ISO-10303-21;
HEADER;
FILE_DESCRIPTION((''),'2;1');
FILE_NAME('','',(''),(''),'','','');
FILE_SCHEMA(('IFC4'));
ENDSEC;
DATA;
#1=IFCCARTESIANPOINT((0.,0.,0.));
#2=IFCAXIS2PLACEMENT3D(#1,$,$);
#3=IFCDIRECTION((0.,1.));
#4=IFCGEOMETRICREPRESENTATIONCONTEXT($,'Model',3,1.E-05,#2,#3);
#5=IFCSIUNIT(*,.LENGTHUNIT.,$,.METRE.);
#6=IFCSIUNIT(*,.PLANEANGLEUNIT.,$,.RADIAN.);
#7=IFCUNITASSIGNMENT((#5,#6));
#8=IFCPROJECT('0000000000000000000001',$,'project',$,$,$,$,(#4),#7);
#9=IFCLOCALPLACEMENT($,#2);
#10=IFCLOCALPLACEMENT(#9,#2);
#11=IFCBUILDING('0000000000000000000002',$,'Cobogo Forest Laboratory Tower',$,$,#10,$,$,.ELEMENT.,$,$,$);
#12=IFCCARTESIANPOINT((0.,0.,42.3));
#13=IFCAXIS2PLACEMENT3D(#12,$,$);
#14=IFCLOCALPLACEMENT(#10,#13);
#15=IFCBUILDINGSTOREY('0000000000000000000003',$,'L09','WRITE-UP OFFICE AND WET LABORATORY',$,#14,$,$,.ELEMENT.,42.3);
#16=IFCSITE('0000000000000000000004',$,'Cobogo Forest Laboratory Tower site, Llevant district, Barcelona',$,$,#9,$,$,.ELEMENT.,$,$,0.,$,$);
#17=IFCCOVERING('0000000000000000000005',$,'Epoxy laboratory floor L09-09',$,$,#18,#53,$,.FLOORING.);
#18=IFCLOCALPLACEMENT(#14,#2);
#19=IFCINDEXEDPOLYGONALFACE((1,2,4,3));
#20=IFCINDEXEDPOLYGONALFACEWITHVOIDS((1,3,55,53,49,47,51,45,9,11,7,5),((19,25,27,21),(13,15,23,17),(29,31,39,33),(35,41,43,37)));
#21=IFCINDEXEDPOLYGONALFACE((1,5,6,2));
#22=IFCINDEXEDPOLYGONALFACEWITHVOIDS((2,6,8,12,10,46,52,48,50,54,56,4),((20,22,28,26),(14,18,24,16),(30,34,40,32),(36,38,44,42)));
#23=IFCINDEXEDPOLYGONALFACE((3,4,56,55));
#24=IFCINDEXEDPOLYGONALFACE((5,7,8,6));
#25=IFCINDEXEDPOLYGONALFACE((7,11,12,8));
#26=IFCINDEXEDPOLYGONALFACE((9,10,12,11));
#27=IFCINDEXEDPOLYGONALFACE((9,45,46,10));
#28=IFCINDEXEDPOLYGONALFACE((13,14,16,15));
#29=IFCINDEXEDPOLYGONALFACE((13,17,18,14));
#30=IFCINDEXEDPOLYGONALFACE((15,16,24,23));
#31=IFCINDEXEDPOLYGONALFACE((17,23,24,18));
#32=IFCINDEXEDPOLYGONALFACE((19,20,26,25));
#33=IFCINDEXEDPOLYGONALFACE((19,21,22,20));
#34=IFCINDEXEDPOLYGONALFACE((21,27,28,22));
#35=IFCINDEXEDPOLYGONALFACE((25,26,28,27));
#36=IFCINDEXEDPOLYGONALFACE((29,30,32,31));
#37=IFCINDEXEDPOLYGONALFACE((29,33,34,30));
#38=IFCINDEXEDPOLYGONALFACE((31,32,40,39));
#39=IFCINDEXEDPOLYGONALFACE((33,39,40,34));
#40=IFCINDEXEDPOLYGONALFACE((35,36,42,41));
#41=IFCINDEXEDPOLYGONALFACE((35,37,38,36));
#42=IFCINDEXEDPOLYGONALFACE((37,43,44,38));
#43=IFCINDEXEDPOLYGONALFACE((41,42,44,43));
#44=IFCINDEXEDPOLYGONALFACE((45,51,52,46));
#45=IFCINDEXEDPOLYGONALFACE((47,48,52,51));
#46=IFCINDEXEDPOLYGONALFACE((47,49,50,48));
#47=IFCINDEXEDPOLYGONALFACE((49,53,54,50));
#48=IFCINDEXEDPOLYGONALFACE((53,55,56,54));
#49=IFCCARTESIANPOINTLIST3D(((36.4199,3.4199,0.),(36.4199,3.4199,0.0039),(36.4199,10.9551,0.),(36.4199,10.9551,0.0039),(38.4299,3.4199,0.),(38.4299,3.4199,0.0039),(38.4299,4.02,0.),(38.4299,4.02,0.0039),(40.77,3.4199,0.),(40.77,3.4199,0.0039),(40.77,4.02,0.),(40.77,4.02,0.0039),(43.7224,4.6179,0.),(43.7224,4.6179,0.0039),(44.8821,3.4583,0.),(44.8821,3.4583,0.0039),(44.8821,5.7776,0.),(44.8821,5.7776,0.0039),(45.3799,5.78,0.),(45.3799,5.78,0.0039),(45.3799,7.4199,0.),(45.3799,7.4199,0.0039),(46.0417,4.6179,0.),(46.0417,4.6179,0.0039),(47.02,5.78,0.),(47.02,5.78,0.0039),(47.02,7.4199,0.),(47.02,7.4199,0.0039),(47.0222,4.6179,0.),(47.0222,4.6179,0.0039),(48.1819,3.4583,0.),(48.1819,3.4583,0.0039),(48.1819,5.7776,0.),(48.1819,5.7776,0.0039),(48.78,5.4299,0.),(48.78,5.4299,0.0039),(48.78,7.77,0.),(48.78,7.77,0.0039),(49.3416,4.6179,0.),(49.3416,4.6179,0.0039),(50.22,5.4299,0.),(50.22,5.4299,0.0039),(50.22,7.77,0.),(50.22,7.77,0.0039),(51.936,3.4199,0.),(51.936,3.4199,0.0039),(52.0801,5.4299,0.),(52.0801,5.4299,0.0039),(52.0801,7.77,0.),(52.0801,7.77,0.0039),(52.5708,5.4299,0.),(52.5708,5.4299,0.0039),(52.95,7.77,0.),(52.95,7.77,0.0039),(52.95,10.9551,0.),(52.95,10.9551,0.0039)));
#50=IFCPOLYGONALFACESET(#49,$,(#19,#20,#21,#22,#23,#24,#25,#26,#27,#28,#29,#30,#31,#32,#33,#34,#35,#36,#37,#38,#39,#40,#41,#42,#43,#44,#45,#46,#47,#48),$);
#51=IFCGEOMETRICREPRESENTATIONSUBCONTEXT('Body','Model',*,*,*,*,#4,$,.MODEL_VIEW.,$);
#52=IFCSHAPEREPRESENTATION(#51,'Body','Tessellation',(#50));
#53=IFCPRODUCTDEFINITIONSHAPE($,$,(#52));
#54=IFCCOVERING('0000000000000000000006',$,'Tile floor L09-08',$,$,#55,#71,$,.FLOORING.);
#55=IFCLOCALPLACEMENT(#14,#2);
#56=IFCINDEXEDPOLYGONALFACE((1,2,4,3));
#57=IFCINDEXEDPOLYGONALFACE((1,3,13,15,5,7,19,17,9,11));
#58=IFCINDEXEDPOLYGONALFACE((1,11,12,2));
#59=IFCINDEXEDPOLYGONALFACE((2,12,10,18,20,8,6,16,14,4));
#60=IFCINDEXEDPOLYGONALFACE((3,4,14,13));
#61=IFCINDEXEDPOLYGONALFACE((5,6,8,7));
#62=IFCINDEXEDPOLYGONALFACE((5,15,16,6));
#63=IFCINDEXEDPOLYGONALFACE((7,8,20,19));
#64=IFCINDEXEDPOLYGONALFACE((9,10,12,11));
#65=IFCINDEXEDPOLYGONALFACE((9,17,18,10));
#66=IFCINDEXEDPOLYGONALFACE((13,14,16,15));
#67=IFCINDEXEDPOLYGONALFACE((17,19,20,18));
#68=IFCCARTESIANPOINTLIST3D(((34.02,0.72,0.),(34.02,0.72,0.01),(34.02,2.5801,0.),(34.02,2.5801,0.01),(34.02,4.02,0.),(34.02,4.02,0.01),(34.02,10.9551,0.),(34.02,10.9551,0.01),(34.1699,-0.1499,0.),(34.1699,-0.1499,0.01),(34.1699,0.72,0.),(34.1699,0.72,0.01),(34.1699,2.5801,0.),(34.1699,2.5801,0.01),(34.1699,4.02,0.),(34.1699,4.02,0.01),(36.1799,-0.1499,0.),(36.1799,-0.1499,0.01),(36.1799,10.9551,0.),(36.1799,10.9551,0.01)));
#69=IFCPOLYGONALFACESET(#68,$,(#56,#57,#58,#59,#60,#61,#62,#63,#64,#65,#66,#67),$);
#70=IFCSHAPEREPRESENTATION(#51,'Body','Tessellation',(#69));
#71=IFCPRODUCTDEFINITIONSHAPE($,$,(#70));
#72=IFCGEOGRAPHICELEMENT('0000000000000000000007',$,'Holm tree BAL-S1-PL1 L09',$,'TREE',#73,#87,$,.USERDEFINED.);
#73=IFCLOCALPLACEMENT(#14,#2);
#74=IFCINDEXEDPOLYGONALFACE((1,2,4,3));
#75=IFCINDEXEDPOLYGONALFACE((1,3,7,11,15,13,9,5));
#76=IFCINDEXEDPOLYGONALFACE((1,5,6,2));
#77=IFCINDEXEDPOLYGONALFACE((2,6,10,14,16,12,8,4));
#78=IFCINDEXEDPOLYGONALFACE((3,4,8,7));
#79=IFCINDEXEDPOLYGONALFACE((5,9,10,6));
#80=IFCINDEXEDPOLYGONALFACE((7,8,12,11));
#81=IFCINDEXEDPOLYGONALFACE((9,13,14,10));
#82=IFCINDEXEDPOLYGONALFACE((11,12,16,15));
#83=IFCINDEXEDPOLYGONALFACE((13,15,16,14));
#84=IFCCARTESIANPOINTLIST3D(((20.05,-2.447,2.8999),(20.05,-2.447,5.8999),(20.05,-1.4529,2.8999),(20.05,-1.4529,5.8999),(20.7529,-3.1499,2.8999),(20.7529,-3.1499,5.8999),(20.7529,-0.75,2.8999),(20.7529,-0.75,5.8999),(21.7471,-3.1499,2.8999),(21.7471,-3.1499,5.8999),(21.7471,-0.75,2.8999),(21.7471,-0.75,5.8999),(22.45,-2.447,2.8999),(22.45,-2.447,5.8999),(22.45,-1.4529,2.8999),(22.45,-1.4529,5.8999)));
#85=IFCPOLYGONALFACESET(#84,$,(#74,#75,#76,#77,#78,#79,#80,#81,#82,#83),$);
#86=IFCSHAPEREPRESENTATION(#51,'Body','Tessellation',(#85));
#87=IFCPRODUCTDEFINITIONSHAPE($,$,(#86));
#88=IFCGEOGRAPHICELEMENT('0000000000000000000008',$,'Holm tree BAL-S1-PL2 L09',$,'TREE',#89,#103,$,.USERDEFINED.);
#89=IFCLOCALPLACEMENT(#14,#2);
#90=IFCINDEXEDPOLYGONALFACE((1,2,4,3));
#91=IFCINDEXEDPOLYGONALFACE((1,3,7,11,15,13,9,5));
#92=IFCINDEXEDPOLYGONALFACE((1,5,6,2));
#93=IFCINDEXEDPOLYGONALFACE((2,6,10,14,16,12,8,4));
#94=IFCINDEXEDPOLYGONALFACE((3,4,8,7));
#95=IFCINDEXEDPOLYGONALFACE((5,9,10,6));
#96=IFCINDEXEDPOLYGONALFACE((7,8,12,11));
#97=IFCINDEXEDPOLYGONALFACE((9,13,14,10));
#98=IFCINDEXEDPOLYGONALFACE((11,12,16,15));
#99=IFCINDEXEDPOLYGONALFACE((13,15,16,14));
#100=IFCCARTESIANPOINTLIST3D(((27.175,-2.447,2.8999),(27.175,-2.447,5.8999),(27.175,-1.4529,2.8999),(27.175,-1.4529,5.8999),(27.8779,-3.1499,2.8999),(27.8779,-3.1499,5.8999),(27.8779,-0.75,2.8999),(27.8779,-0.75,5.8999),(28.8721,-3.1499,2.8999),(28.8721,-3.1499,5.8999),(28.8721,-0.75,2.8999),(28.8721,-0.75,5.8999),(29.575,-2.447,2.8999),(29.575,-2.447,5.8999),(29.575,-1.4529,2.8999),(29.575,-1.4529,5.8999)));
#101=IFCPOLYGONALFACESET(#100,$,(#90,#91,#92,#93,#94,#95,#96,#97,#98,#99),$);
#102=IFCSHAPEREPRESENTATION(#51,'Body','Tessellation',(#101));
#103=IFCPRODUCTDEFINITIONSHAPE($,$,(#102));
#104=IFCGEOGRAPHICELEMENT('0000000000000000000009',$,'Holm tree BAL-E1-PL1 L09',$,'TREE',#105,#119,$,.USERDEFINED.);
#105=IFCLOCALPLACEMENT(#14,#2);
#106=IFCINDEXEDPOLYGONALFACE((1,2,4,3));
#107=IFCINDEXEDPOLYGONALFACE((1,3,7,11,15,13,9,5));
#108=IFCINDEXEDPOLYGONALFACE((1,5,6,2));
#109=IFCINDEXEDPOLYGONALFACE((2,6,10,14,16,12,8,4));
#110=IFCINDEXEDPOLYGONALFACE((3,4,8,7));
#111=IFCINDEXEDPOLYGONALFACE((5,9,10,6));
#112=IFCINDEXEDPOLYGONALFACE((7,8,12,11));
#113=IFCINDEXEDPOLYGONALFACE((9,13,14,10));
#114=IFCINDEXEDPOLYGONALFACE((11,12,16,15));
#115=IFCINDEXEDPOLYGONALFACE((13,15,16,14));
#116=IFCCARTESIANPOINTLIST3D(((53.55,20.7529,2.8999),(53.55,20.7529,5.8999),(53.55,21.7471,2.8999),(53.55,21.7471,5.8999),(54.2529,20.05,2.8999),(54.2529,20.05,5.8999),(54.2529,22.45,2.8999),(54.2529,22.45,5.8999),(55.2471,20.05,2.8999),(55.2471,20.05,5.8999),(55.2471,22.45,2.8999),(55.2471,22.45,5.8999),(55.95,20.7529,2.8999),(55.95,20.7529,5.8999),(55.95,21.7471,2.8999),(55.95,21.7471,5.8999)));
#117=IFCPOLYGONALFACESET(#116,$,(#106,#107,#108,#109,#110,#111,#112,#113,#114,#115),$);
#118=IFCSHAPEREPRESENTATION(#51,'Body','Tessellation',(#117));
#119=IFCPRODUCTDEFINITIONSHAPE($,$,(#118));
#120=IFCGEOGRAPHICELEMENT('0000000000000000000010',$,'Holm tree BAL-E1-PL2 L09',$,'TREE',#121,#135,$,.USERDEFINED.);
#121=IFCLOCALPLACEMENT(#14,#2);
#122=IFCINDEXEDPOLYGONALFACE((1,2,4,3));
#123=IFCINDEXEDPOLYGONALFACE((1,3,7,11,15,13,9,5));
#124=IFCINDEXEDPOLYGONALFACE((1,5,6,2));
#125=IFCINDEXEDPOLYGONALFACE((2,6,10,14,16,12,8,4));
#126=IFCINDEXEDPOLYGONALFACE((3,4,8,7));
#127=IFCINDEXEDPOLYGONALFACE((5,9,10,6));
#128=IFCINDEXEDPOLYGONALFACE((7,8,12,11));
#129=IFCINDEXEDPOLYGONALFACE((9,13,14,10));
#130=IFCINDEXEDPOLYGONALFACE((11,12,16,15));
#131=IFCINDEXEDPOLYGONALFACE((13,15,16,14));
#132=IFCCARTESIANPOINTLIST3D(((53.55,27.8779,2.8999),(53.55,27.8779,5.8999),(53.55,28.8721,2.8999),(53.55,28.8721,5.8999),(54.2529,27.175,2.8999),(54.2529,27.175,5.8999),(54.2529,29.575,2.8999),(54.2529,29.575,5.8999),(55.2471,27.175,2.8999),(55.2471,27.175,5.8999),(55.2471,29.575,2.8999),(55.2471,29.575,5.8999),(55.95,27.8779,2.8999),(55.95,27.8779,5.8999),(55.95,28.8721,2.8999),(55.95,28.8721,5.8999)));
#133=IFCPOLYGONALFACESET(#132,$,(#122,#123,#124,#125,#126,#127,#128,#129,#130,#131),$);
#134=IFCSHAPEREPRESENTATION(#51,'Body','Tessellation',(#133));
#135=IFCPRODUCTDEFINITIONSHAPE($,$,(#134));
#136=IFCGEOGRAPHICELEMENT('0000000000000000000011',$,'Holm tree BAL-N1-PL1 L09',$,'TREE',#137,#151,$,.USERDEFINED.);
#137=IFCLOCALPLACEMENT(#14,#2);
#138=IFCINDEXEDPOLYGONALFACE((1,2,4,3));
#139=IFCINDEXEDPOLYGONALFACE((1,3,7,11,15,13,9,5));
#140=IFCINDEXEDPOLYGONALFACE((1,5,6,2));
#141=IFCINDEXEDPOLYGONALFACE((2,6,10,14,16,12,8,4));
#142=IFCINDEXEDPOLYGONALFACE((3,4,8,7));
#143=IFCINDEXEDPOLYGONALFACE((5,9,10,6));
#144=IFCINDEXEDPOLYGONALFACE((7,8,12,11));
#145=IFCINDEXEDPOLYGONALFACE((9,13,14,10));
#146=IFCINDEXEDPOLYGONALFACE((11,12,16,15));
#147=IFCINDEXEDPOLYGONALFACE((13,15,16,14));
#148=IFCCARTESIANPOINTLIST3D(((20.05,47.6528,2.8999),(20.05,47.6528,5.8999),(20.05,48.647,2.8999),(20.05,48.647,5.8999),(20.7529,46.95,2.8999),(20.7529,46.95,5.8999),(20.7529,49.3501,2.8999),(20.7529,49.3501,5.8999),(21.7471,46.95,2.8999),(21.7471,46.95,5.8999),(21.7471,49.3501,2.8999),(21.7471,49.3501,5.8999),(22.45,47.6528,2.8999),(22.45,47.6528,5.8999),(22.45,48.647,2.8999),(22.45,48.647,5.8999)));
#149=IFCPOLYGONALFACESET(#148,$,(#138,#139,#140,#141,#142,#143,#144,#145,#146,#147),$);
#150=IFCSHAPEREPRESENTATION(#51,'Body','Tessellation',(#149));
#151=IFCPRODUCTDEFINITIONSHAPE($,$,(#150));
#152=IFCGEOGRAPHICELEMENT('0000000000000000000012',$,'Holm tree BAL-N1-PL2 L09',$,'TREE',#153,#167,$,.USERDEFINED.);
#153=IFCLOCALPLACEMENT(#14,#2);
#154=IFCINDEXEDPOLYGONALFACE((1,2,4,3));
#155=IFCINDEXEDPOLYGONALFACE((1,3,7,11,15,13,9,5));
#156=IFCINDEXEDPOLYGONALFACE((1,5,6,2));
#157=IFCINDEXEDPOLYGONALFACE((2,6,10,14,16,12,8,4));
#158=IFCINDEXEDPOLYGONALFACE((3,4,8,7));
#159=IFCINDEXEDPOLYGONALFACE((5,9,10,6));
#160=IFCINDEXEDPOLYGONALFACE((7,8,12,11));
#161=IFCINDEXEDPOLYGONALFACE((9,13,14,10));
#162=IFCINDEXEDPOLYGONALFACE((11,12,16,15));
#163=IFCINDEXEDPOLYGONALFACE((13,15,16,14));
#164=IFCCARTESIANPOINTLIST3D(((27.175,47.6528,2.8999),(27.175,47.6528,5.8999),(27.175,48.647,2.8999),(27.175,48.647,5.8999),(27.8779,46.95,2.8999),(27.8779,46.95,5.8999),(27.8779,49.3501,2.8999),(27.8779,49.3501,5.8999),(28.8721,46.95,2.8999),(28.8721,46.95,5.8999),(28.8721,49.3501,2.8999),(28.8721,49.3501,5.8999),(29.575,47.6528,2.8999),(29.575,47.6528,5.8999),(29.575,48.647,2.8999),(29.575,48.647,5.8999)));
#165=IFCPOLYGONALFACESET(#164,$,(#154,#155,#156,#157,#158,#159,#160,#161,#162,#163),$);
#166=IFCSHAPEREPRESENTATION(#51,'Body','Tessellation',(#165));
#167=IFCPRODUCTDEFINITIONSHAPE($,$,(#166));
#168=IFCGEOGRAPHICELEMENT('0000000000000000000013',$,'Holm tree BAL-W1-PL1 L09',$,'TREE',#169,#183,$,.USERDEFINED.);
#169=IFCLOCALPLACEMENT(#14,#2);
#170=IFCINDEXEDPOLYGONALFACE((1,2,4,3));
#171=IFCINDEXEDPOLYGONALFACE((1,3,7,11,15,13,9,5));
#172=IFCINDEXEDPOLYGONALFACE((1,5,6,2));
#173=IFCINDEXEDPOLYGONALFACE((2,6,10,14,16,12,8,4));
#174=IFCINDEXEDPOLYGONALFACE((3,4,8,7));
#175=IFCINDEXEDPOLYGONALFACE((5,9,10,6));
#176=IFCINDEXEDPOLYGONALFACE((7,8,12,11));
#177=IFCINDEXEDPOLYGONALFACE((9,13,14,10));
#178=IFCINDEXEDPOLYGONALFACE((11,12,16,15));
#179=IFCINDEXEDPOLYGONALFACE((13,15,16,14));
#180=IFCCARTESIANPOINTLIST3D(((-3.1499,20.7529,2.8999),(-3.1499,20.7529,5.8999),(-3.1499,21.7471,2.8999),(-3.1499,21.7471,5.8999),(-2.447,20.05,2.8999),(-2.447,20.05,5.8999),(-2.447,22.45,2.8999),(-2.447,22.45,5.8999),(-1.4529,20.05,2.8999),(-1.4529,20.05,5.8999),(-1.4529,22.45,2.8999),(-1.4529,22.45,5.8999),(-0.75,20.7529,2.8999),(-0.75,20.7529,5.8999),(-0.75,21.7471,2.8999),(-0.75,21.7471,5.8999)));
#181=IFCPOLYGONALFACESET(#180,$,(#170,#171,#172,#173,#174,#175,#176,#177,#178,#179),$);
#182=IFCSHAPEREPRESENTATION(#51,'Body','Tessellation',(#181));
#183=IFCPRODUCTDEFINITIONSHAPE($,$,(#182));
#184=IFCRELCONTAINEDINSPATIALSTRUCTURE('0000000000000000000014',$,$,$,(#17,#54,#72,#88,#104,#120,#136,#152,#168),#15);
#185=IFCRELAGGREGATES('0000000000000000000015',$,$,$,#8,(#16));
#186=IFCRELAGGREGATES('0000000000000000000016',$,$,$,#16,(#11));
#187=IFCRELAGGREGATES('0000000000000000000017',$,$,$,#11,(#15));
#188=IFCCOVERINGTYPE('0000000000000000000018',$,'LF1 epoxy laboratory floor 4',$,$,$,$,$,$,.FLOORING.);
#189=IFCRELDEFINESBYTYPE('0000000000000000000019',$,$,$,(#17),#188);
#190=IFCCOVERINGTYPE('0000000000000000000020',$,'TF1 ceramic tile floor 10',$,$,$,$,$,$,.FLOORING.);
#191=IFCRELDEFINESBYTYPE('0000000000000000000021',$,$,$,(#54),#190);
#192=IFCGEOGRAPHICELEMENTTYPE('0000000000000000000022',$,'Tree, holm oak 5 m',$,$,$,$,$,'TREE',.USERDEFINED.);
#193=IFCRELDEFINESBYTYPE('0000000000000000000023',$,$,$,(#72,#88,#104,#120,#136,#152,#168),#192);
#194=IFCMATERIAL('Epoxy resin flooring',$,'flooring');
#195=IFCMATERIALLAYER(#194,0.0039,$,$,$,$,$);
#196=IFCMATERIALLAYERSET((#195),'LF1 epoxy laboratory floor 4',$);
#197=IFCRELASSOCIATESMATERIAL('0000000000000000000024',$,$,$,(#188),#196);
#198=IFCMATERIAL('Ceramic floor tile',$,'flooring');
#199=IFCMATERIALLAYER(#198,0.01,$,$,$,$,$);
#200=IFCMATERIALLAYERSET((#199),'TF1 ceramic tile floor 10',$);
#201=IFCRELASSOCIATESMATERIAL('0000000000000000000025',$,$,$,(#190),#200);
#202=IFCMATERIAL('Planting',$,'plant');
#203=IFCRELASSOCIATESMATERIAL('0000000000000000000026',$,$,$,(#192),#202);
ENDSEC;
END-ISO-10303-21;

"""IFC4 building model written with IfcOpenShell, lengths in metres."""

from ifc_helpers import new_model, si_unit, direction, frame, origin, place, context, subcontext, project, spatial, polyline, outline, extrude, material, layer, layer_set, type_object, element, save


model = new_model("IFC4")

# Units and contexts
model_context = context("Model", 3, precision=1e-05, world=origin(), true_north=direction((0.0, 1.0)))
body_context = subcontext(model_context, "Body", "Model", "MODEL_VIEW")
ifc_project = project(units=[si_unit("LENGTHUNIT", "METRE"), si_unit("PLANEANGLEUNIT", "RADIAN")], contexts=[model_context])

# Site, building, storey
site_placement = place(None, origin())
site = spatial("IfcSite", under=ifc_project, at=site_placement, Name="Cobogo Forest Laboratory Tower site, Llevant district, Barcelona", CompositionType="ELEMENT", RefElevation=0.0)
building_placement = place(site_placement, origin())
building = spatial("IfcBuilding", under=site, at=building_placement, Name="Cobogo Forest Laboratory Tower", CompositionType="ELEMENT")
storey_placement = place(building_placement, frame((0.0, 0.0, 42.3)))
storey = spatial("IfcBuildingStorey", under=building, at=storey_placement, Name="L09", Description="WRITE-UP OFFICE AND WET LABORATORY", CompositionType="ELEMENT", Elevation=42.3)

# Coverings
ifc_material_1 = material(Name="Epoxy resin flooring", Category="flooring")
ifc_layer_1 = layer(ifc_material_1, 0.0039)
ifc_layer_set_1 = layer_set([ifc_layer_1], Name="LF1 epoxy laboratory floor 4")
covering_type_1 = type_object("IfcCoveringType", Name="LF1 epoxy laboratory floor 4", PredefinedType="FLOORING", material=ifc_layer_set_1)
covering_1_placement = place(storey_placement, origin())
element("IfcCovering", 1, at=covering_1_placement, inside=storey, type_object=covering_type_1, Name="Epoxy laboratory floor L09-09", PredefinedType="FLOORING", context=body_context, shape_type="SweptSolid", body=[
    extrude(outline(polyline([(36.4199, 10.9551), (52.95, 10.9551), (52.95, 7.77), (52.0801, 7.77), (52.0801, 5.4299), (52.5708, 5.4299), (51.936, 3.4199), (40.77, 3.4199), (40.77, 4.02), (38.4299, 4.02), (38.4299, 3.4199), (36.4199, 3.4199), (36.4199, 10.9551)]), holes=[polyline([(48.78, 5.4299), (50.22, 5.4299), (50.22, 7.77), (48.78, 7.77), (48.78, 5.4299)]), polyline([(48.1819, 5.7776), (47.0222, 4.6179), (48.1819, 3.4583), (49.3416, 4.6179), (48.1819, 5.7776)]), polyline([(45.3799, 7.4199), (45.3799, 5.78), (47.02, 5.78), (47.02, 7.4199), (45.3799, 7.4199)]), polyline([(44.8821, 5.7776), (43.7224, 4.6179), (44.8821, 3.4583), (46.0417, 4.6179), (44.8821, 5.7776)])]), origin(), (0.0, 0.0, 1.0), 0.0039),
])
ifc_material_2 = material(Name="Ceramic floor tile", Category="flooring")
ifc_layer_2 = layer(ifc_material_2, 0.01)
ifc_layer_set_2 = layer_set([ifc_layer_2], Name="TF1 ceramic tile floor 10")
covering_type_2 = type_object("IfcCoveringType", Name="TF1 ceramic tile floor 10", PredefinedType="FLOORING", material=ifc_layer_set_2)
covering_2_placement = place(storey_placement, origin())
element("IfcCovering", 2, at=covering_2_placement, inside=storey, type_object=covering_type_2, Name="Tile floor L09-08", PredefinedType="FLOORING", context=body_context, shape_type="SweptSolid", body=[
    extrude(outline(polyline([(36.1799, 10.9551), (36.1799, -0.1499), (34.1699, -0.1499), (34.1699, 0.72), (34.02, 0.72), (34.02, 2.5801), (34.1699, 2.5801), (34.1699, 4.02), (34.02, 4.02), (34.02, 10.9551), (36.1799, 10.9551)])), origin(), (0.0, 0.0, 1.0), 0.01),
])

# Geographic elements
ifc_material_3 = material(Name="Planting", Category="plant")
geographic_element_type = type_object("IfcGeographicElementType", Name="Tree, holm oak 5 m", ElementType="TREE", PredefinedType="USERDEFINED", material=ifc_material_3)
geographic_element_1_placement = place(storey_placement, frame((0.0, 0.0, 2.8999)))
element("IfcGeographicElement", 3, at=geographic_element_1_placement, inside=storey, type_object=geographic_element_type, Name="Holm tree BAL-S1-PL1 L09", ObjectType="TREE", PredefinedType="USERDEFINED", context=body_context, shape_type="SweptSolid", body=[
    extrude(outline(polyline([(22.45, -2.447), (22.45, -1.4529), (21.7471, -0.75), (20.7529, -0.75), (20.05, -1.4529), (20.05, -2.447), (20.7529, -3.1499), (21.7471, -3.1499), (22.45, -2.447)])), origin(), (0.0, 0.0, 1.0), 3.0),
])
geographic_element_2_placement = place(storey_placement, frame((0.0, 0.0, 2.8999)))
element("IfcGeographicElement", 4, at=geographic_element_2_placement, inside=storey, type_object=geographic_element_type, Name="Holm tree BAL-S1-PL2 L09", ObjectType="TREE", PredefinedType="USERDEFINED", context=body_context, shape_type="SweptSolid", body=[
    extrude(outline(polyline([(29.575, -2.447), (29.575, -1.4529), (28.8721, -0.75), (27.8779, -0.75), (27.175, -1.4529), (27.175, -2.447), (27.8779, -3.1499), (28.8721, -3.1499), (29.575, -2.447)])), origin(), (0.0, 0.0, 1.0), 3.0),
])
geographic_element_3_placement = place(storey_placement, frame((0.0, 0.0, 2.8999)))
element("IfcGeographicElement", 5, at=geographic_element_3_placement, inside=storey, type_object=geographic_element_type, Name="Holm tree BAL-E1-PL1 L09", ObjectType="TREE", PredefinedType="USERDEFINED", context=body_context, shape_type="SweptSolid", body=[
    extrude(outline(polyline([(55.95, 20.7529), (55.95, 21.7471), (55.2471, 22.45), (54.2529, 22.45), (53.55, 21.7471), (53.55, 20.7529), (54.2529, 20.05), (55.2471, 20.05), (55.95, 20.7529)])), origin(), (0.0, 0.0, 1.0), 3.0),
])
geographic_element_4_placement = place(storey_placement, frame((0.0, 0.0, 2.8999)))
element("IfcGeographicElement", 6, at=geographic_element_4_placement, inside=storey, type_object=geographic_element_type, Name="Holm tree BAL-E1-PL2 L09", ObjectType="TREE", PredefinedType="USERDEFINED", context=body_context, shape_type="SweptSolid", body=[
    extrude(outline(polyline([(55.95, 27.8779), (55.95, 28.8721), (55.2471, 29.575), (54.2529, 29.575), (53.55, 28.8721), (53.55, 27.8779), (54.2529, 27.175), (55.2471, 27.175), (55.95, 27.8779)])), origin(), (0.0, 0.0, 1.0), 3.0),
])
geographic_element_5_placement = place(storey_placement, frame((0.0, 0.0, 2.8999)))
element("IfcGeographicElement", 7, at=geographic_element_5_placement, inside=storey, type_object=geographic_element_type, Name="Holm tree BAL-N1-PL1 L09", ObjectType="TREE", PredefinedType="USERDEFINED", context=body_context, shape_type="SweptSolid", body=[
    extrude(outline(polyline([(22.45, 47.6528), (22.45, 48.647), (21.7471, 49.3501), (20.7529, 49.3501), (20.05, 48.647), (20.05, 47.6528), (20.7529, 46.95), (21.7471, 46.95), (22.45, 47.6528)])), origin(), (0.0, 0.0, 1.0), 3.0),
])
geographic_element_6_placement = place(storey_placement, frame((0.0, 0.0, 2.8999)))
element("IfcGeographicElement", 8, at=geographic_element_6_placement, inside=storey, type_object=geographic_element_type, Name="Holm tree BAL-N1-PL2 L09", ObjectType="TREE", PredefinedType="USERDEFINED", context=body_context, shape_type="SweptSolid", body=[
    extrude(outline(polyline([(29.575, 47.6528), (29.575, 48.647), (28.8721, 49.3501), (27.8779, 49.3501), (27.175, 48.647), (27.175, 47.6528), (27.8779, 46.95), (28.8721, 46.95), (29.575, 47.6528)])), origin(), (0.0, 0.0, 1.0), 3.0),
])
geographic_element_7_placement = place(storey_placement, frame((0.0, 0.0, 2.8999)))
element("IfcGeographicElement", 9, at=geographic_element_7_placement, inside=storey, type_object=geographic_element_type, Name="Holm tree BAL-W1-PL1 L09", ObjectType="TREE", PredefinedType="USERDEFINED", context=body_context, shape_type="SweptSolid", body=[
    extrude(outline(polyline([(-0.75, 20.7529), (-0.75, 21.7471), (-1.4529, 22.45), (-2.447, 22.45), (-3.1499, 21.7471), (-3.1499, 20.7529), (-2.447, 20.05), (-1.4529, 20.05), (-0.75, 20.7529)])), origin(), (0.0, 0.0, 1.0), 3.0),
])

save(model, "model.ifc")
